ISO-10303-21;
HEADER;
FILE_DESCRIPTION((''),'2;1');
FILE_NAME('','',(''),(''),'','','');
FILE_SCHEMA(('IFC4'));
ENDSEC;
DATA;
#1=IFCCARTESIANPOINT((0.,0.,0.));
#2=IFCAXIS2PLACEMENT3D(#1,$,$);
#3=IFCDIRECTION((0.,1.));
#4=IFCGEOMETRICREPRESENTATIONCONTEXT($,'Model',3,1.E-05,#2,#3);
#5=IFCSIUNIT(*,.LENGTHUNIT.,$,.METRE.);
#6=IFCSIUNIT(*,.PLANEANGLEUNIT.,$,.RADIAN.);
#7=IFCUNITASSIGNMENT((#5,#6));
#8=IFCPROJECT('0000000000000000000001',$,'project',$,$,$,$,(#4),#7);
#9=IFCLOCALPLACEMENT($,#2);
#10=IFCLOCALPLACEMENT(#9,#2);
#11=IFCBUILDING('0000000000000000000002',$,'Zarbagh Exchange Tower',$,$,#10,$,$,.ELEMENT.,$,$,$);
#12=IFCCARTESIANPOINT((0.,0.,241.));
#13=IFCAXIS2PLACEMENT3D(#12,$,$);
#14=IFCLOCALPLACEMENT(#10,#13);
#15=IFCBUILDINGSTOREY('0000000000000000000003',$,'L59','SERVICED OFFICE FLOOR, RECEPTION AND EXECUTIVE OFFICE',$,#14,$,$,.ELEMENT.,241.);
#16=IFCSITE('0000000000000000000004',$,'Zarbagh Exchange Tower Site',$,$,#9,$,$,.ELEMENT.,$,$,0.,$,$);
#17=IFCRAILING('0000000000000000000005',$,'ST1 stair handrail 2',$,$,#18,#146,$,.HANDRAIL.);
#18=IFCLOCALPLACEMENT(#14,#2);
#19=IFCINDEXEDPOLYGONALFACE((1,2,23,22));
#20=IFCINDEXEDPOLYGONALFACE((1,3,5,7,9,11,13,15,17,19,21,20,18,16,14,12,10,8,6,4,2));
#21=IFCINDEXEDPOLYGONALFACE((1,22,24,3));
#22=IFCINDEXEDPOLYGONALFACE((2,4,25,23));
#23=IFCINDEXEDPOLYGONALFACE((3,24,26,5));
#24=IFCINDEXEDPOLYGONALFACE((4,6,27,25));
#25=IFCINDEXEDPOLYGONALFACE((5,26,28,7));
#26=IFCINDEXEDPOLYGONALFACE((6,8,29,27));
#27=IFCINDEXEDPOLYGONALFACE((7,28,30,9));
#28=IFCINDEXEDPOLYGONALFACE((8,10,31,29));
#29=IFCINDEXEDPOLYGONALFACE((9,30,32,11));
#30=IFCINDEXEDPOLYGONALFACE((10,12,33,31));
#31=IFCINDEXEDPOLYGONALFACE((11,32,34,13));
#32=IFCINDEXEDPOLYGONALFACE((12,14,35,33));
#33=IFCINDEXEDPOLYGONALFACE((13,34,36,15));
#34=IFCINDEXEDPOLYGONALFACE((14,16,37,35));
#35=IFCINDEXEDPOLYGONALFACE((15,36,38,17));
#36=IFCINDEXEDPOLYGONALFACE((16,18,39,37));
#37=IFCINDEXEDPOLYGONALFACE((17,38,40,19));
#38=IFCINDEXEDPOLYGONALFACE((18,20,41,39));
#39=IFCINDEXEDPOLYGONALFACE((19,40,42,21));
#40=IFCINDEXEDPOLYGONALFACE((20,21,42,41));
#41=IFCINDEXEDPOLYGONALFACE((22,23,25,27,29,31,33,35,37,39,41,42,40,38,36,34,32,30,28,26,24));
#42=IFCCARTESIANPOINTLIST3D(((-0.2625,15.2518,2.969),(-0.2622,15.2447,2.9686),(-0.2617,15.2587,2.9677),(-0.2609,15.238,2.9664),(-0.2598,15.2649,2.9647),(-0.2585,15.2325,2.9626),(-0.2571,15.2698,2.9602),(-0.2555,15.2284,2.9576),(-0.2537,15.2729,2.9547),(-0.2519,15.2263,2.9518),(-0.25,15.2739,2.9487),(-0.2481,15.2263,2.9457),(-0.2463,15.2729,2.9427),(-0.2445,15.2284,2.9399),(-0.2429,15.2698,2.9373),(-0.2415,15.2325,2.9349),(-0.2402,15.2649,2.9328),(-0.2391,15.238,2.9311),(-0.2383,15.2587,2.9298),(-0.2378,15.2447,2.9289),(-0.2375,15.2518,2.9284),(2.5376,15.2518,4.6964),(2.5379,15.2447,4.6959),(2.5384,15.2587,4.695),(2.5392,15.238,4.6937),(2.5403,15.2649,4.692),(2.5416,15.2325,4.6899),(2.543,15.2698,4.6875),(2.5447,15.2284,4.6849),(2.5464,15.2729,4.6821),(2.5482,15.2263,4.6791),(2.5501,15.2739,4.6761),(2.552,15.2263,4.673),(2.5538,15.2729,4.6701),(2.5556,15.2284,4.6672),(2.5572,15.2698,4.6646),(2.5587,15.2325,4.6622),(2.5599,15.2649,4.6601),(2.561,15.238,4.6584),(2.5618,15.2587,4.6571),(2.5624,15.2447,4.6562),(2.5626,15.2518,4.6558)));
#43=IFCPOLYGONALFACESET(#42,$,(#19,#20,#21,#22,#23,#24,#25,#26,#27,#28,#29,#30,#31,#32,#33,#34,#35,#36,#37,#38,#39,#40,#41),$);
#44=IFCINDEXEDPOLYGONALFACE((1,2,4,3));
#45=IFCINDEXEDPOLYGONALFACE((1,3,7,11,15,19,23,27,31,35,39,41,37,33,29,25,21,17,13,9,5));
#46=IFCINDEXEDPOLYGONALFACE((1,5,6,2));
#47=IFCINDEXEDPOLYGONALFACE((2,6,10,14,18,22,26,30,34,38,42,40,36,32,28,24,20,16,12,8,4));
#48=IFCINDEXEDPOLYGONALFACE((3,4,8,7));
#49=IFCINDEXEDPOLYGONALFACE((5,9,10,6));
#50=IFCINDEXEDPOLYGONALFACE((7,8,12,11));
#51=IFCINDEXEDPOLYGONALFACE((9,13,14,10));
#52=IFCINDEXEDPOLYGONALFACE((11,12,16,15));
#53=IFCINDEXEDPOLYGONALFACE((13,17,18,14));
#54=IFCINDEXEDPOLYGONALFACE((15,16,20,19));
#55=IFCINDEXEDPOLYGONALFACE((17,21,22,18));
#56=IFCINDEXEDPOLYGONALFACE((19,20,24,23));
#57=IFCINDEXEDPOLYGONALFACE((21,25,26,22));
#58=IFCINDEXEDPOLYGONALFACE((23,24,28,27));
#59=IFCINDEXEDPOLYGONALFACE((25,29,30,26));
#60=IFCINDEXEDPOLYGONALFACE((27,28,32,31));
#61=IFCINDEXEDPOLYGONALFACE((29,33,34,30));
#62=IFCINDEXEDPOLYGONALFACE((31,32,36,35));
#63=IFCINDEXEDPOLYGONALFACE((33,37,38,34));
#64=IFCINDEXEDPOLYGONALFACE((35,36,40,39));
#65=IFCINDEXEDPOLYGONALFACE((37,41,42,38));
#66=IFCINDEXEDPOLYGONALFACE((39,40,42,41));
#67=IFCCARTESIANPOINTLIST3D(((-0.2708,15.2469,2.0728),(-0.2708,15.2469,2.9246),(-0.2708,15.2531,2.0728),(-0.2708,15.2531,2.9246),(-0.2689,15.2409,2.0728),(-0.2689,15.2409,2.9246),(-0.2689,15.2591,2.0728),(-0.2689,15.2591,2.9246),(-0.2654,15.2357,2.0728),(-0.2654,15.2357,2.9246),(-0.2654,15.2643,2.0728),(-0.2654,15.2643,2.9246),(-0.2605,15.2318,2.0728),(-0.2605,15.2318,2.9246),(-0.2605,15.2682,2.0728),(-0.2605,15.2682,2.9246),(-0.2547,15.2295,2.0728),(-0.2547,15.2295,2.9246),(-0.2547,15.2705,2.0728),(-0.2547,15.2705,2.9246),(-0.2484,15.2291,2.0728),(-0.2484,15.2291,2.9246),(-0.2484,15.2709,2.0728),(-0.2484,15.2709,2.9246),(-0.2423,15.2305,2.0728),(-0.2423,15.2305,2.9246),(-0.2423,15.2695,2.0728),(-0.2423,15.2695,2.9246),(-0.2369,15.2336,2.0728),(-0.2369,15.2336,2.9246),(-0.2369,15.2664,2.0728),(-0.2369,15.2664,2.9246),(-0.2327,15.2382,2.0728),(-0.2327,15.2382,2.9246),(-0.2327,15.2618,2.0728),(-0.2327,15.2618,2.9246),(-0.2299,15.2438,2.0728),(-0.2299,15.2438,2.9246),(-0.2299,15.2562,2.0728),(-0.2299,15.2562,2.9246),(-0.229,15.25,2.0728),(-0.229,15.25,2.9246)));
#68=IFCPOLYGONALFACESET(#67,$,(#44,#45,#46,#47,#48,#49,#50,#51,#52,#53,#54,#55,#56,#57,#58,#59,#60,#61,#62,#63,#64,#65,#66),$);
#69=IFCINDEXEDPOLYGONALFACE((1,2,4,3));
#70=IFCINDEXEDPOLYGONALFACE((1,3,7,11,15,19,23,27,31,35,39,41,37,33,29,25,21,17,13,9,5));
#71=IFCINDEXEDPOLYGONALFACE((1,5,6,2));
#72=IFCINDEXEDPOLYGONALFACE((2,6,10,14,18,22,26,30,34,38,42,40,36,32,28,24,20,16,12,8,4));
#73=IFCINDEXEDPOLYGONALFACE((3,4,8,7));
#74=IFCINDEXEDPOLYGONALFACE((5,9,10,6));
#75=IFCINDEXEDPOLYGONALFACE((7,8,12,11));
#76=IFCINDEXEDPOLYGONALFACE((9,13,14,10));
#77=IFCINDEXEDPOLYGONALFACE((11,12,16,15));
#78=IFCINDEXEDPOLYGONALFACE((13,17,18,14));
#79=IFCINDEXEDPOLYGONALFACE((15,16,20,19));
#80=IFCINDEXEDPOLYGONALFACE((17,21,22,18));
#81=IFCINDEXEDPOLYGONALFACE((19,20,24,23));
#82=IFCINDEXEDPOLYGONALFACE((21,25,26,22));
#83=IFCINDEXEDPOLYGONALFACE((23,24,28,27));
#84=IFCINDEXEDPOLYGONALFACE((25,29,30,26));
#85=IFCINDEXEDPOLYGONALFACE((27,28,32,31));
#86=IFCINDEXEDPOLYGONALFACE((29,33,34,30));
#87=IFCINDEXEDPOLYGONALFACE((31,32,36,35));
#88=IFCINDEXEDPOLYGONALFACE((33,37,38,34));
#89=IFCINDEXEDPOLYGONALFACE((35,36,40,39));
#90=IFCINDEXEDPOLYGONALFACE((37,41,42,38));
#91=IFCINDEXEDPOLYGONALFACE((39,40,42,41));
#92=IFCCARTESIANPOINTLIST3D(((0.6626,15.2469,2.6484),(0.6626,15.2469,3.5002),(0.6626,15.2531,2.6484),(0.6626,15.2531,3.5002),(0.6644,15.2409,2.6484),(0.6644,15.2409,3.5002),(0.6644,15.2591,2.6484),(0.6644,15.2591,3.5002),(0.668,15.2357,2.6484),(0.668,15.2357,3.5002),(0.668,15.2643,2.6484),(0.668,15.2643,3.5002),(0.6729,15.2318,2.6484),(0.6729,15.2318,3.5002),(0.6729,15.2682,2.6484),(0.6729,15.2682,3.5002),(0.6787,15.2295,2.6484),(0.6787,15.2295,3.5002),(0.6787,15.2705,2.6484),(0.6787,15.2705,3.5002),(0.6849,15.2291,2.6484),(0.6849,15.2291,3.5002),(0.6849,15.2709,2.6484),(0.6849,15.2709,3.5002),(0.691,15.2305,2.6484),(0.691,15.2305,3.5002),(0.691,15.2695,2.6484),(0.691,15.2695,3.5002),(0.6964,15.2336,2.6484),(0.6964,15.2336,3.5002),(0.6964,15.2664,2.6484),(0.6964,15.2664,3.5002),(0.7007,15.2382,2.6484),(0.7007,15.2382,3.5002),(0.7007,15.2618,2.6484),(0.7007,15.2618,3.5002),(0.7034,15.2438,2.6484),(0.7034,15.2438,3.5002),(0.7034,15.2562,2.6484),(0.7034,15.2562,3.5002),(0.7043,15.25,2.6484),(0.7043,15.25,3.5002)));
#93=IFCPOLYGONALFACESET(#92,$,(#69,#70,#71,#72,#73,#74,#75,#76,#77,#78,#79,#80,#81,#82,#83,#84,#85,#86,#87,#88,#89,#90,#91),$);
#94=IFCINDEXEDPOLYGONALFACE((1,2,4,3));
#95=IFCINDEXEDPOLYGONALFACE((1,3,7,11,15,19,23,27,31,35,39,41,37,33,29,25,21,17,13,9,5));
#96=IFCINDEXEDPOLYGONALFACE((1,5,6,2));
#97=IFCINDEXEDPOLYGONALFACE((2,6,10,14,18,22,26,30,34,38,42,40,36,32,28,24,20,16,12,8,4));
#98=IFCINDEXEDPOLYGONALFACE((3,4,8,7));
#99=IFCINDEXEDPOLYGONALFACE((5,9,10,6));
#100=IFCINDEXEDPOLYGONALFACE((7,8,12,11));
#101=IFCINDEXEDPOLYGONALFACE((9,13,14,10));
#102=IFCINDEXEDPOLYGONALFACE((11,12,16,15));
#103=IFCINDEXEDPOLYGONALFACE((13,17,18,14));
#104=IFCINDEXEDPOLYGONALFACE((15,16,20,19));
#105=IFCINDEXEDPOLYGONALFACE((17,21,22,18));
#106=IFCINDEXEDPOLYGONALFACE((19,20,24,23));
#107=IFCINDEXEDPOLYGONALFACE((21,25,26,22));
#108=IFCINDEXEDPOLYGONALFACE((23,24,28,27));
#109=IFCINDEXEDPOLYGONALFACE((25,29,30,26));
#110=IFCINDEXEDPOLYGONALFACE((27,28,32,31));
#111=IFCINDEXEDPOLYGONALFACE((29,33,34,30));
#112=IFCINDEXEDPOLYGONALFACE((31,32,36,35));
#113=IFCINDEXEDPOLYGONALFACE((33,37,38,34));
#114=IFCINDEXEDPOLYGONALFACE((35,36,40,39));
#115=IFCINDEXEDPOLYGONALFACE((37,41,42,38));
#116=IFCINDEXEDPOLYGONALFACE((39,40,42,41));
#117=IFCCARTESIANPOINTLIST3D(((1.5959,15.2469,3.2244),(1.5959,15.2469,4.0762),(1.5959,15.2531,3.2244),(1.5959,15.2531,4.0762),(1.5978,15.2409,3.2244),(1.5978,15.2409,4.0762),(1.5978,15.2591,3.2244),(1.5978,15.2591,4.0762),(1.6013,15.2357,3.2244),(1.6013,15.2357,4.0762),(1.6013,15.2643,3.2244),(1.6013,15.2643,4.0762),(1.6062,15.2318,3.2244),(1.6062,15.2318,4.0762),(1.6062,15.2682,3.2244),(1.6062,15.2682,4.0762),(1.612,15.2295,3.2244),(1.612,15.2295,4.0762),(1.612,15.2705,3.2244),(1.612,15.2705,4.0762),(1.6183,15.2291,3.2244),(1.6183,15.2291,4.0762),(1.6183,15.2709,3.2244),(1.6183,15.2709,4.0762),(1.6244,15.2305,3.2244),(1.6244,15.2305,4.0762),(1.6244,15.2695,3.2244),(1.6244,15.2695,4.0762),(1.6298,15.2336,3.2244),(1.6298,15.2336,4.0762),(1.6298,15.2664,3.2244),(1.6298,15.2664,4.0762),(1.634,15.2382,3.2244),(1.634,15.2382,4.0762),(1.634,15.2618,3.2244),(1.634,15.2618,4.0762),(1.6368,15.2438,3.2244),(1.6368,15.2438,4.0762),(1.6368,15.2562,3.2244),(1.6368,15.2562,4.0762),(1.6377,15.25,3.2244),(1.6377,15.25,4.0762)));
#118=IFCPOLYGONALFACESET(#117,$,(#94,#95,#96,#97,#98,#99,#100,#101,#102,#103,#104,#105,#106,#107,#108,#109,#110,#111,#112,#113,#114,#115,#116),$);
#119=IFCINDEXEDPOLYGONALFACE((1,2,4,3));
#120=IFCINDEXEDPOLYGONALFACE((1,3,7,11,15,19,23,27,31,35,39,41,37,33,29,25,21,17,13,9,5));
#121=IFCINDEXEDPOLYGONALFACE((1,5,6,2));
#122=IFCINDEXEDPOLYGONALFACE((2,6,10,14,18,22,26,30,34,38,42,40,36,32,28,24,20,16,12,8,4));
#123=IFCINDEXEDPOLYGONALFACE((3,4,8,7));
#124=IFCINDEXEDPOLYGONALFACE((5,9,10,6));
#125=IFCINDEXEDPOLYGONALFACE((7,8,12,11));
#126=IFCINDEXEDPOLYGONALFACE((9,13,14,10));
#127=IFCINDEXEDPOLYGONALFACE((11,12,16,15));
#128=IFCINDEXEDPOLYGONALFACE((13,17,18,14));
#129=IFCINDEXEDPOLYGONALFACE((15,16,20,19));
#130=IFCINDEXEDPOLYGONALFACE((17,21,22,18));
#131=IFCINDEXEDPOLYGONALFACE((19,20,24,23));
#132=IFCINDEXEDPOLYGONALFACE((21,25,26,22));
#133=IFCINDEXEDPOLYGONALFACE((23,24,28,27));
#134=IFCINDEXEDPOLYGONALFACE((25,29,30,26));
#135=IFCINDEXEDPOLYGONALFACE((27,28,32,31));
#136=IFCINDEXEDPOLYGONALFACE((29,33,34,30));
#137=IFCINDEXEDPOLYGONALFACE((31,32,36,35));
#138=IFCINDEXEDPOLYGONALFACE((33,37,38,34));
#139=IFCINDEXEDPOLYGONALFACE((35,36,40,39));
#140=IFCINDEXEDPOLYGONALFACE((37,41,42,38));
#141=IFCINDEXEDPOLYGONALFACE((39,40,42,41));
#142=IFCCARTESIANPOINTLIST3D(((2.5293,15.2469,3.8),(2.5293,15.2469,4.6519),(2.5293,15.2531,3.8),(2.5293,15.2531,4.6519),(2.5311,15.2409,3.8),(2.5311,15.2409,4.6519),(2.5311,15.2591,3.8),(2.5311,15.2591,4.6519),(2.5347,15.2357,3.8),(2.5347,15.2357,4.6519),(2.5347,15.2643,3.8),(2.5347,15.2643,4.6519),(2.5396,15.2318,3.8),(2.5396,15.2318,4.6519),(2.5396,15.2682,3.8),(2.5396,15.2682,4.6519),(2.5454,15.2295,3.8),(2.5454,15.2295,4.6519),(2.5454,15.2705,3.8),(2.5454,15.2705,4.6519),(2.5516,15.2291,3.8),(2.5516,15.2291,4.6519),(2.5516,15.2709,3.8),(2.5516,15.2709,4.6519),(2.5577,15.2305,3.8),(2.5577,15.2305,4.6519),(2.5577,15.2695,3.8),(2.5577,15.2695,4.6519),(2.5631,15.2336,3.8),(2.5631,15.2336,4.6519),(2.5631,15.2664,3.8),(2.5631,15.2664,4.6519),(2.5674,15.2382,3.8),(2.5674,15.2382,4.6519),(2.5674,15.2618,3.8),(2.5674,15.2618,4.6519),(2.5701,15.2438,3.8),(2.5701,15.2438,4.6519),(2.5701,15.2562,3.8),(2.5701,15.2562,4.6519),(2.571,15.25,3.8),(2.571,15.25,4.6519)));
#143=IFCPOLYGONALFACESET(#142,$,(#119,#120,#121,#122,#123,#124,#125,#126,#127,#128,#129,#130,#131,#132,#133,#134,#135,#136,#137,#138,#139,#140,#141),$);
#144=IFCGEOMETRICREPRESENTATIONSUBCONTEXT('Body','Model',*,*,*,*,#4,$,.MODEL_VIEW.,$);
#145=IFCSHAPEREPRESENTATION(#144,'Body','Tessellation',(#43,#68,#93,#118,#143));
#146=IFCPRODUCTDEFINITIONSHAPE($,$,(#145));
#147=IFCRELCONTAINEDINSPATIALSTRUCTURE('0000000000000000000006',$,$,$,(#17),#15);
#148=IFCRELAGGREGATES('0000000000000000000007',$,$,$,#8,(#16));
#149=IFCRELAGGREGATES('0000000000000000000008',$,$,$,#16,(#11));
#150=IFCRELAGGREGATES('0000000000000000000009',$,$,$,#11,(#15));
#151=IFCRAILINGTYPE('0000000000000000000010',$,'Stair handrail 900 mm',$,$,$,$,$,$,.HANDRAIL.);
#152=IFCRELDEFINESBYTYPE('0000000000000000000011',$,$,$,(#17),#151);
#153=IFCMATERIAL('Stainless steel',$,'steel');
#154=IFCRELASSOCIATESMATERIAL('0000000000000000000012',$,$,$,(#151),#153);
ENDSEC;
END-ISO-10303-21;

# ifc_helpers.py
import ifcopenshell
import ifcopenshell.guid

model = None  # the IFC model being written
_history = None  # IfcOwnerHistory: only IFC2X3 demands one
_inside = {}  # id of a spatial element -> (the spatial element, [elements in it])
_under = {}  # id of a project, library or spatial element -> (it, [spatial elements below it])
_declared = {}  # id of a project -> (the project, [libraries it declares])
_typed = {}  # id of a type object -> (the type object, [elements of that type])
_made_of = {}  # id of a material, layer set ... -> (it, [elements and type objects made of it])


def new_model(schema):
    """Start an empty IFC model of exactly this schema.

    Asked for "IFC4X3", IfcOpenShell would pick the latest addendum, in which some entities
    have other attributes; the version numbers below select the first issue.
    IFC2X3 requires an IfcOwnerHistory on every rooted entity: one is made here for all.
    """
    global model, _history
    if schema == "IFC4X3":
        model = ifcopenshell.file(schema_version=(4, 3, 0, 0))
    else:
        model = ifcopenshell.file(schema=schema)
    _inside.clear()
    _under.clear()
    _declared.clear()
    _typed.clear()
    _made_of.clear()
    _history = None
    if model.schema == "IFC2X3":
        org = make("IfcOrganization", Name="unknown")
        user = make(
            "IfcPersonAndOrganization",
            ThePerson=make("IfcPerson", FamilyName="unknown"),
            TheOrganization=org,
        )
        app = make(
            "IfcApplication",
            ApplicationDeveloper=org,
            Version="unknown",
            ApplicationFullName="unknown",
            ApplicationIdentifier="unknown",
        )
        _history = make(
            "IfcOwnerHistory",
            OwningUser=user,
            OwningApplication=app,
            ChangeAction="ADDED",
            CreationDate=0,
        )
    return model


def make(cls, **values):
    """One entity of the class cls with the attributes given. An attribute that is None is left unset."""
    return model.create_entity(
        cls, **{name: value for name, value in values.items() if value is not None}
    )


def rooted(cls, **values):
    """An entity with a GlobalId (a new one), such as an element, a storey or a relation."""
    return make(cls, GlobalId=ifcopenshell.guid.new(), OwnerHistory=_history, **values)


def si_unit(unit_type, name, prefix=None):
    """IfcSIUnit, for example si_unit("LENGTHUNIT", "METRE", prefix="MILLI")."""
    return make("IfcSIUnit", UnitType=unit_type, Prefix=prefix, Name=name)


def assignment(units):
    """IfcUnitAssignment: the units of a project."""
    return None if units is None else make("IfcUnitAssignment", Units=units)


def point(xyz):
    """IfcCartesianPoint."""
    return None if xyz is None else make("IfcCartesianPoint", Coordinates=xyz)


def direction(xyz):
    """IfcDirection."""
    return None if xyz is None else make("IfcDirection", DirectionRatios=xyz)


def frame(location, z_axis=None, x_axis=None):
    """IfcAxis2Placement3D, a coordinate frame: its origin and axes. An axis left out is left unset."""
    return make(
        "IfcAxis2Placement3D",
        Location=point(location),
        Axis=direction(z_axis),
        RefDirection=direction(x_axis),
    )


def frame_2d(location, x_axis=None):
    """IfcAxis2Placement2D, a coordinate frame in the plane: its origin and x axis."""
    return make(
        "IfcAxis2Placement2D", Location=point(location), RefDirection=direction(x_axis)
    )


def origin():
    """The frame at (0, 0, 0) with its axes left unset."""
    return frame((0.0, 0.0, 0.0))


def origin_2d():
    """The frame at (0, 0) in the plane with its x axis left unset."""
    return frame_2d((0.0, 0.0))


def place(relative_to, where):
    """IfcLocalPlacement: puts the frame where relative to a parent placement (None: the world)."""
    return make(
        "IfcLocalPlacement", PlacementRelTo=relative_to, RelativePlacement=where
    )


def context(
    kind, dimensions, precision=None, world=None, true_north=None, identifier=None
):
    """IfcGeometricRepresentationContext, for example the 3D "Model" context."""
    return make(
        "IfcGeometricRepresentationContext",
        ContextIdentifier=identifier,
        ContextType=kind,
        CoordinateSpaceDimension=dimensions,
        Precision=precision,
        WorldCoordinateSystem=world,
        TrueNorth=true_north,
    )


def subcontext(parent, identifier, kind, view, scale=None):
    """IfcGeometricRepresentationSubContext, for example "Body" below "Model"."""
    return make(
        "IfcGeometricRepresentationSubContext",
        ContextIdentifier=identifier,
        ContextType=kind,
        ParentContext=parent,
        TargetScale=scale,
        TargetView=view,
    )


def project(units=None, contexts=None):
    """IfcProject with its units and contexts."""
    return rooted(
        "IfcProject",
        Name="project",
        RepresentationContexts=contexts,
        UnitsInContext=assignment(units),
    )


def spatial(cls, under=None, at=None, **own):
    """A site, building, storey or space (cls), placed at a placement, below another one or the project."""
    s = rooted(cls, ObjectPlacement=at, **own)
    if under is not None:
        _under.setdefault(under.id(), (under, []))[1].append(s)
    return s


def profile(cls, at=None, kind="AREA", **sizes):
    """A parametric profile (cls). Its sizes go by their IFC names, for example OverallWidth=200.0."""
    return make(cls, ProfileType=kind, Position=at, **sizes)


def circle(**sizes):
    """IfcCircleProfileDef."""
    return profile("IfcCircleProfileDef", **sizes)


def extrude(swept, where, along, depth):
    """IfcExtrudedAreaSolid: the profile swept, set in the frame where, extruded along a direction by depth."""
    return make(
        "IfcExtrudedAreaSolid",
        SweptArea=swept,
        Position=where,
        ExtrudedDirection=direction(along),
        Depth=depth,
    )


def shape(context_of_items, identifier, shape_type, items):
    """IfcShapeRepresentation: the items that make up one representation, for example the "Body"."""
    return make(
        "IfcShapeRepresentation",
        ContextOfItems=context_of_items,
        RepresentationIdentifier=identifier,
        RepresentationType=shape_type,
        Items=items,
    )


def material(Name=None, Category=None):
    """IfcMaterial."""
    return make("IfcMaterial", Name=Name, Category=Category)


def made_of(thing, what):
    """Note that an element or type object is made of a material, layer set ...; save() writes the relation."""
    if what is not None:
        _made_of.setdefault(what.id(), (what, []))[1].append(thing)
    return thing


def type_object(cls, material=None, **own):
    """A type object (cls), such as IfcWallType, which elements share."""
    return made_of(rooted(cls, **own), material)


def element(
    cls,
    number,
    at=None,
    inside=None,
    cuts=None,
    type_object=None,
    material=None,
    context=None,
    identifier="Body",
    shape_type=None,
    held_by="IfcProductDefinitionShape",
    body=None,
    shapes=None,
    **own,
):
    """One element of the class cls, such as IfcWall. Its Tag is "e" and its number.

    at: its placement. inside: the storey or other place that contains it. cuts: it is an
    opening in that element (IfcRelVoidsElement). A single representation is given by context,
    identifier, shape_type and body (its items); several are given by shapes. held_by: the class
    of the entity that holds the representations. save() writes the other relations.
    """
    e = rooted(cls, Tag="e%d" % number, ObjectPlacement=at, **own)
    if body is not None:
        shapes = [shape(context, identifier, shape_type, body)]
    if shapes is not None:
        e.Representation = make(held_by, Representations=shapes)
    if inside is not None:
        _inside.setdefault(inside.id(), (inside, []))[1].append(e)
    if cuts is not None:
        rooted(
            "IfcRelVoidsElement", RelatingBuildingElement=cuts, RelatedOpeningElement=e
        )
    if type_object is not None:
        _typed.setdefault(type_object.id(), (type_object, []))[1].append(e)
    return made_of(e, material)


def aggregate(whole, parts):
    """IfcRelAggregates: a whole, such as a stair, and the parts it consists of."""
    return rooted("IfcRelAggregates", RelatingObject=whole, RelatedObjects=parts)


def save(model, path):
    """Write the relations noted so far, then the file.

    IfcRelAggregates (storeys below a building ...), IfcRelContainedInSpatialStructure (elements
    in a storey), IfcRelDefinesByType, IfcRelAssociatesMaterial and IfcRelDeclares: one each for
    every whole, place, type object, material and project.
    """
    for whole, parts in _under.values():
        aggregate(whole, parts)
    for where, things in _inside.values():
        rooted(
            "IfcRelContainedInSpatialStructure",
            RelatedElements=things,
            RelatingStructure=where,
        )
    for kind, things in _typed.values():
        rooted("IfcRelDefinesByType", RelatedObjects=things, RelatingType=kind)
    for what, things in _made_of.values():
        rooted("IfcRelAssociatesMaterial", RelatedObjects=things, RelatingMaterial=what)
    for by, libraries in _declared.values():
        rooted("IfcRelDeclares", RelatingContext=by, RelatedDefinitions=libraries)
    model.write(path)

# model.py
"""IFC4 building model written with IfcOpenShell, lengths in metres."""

from ifc_helpers import new_model, si_unit, direction, frame, origin, origin_2d, place, context, subcontext, project, spatial, circle, extrude, material, type_object, element, save


model = new_model("IFC4")

# Units and contexts
model_context = context("Model", 3, precision=1e-05, world=origin(), true_north=direction((0.0, 1.0)))
body_context = subcontext(model_context, "Body", "Model", "MODEL_VIEW")
ifc_project = project(units=[si_unit("LENGTHUNIT", "METRE"), si_unit("PLANEANGLEUNIT", "RADIAN")], contexts=[model_context])

# Site, building, storey
site_placement = place(None, origin())
site = spatial("IfcSite", under=ifc_project, at=site_placement, Name="Zarbagh Exchange Tower Site", CompositionType="ELEMENT", RefElevation=0.0)
building_placement = place(site_placement, origin())
building = spatial("IfcBuilding", under=site, at=building_placement, Name="Zarbagh Exchange Tower", CompositionType="ELEMENT")
storey_placement = place(building_placement, frame((0.0, 0.0, 241.0)))
storey = spatial("IfcBuildingStorey", under=building, at=storey_placement, Name="L59", Description="SERVICED OFFICE FLOOR, RECEPTION AND EXECUTIVE OFFICE", CompositionType="ELEMENT", Elevation=241.0)

# Railing
ifc_material_1 = material(Name="Stainless steel", Category="steel")
railing_type = type_object("IfcRailingType", Name="Stair handrail 900 mm", PredefinedType="HANDRAIL", material=ifc_material_1)
railing_placement = place(storey_placement, frame((-0.25, 15.25, 2.0728)))
element("IfcRailing", 1, at=railing_placement, inside=storey, type_object=railing_type, Name="ST1 stair handrail 2", PredefinedType="HANDRAIL", context=body_context, shape_type="SweptSolid", body=[
    extrude(circle(Radius=0.0239, at=origin_2d()), frame((0.0, 0.0, 0.876), z_axis=(0.85109, 0.0, 0.52502), x_axis=(0.0, 1.0, 0.0)), (0.0, 0.0, 1.0), 3.29),
    extrude(circle(Radius=0.021, at=origin_2d()), origin(), (0.0, 0.0, 1.0), 0.8518),
    extrude(circle(Radius=0.021, at=origin_2d()), frame((0.9333, 0.0, 0.5757)), (0.0, 0.0, 1.0), 0.8518),
    extrude(circle(Radius=0.021, at=origin_2d()), frame((1.8667, 0.0, 1.1516)), (0.0, 0.0, 1.0), 0.8518),
    extrude(circle(Radius=0.021, at=origin_2d()), frame((2.8, 0.0, 1.7273)), (0.0, 0.0, 1.0), 0.8518),
])

save(model, "model.ifc")
